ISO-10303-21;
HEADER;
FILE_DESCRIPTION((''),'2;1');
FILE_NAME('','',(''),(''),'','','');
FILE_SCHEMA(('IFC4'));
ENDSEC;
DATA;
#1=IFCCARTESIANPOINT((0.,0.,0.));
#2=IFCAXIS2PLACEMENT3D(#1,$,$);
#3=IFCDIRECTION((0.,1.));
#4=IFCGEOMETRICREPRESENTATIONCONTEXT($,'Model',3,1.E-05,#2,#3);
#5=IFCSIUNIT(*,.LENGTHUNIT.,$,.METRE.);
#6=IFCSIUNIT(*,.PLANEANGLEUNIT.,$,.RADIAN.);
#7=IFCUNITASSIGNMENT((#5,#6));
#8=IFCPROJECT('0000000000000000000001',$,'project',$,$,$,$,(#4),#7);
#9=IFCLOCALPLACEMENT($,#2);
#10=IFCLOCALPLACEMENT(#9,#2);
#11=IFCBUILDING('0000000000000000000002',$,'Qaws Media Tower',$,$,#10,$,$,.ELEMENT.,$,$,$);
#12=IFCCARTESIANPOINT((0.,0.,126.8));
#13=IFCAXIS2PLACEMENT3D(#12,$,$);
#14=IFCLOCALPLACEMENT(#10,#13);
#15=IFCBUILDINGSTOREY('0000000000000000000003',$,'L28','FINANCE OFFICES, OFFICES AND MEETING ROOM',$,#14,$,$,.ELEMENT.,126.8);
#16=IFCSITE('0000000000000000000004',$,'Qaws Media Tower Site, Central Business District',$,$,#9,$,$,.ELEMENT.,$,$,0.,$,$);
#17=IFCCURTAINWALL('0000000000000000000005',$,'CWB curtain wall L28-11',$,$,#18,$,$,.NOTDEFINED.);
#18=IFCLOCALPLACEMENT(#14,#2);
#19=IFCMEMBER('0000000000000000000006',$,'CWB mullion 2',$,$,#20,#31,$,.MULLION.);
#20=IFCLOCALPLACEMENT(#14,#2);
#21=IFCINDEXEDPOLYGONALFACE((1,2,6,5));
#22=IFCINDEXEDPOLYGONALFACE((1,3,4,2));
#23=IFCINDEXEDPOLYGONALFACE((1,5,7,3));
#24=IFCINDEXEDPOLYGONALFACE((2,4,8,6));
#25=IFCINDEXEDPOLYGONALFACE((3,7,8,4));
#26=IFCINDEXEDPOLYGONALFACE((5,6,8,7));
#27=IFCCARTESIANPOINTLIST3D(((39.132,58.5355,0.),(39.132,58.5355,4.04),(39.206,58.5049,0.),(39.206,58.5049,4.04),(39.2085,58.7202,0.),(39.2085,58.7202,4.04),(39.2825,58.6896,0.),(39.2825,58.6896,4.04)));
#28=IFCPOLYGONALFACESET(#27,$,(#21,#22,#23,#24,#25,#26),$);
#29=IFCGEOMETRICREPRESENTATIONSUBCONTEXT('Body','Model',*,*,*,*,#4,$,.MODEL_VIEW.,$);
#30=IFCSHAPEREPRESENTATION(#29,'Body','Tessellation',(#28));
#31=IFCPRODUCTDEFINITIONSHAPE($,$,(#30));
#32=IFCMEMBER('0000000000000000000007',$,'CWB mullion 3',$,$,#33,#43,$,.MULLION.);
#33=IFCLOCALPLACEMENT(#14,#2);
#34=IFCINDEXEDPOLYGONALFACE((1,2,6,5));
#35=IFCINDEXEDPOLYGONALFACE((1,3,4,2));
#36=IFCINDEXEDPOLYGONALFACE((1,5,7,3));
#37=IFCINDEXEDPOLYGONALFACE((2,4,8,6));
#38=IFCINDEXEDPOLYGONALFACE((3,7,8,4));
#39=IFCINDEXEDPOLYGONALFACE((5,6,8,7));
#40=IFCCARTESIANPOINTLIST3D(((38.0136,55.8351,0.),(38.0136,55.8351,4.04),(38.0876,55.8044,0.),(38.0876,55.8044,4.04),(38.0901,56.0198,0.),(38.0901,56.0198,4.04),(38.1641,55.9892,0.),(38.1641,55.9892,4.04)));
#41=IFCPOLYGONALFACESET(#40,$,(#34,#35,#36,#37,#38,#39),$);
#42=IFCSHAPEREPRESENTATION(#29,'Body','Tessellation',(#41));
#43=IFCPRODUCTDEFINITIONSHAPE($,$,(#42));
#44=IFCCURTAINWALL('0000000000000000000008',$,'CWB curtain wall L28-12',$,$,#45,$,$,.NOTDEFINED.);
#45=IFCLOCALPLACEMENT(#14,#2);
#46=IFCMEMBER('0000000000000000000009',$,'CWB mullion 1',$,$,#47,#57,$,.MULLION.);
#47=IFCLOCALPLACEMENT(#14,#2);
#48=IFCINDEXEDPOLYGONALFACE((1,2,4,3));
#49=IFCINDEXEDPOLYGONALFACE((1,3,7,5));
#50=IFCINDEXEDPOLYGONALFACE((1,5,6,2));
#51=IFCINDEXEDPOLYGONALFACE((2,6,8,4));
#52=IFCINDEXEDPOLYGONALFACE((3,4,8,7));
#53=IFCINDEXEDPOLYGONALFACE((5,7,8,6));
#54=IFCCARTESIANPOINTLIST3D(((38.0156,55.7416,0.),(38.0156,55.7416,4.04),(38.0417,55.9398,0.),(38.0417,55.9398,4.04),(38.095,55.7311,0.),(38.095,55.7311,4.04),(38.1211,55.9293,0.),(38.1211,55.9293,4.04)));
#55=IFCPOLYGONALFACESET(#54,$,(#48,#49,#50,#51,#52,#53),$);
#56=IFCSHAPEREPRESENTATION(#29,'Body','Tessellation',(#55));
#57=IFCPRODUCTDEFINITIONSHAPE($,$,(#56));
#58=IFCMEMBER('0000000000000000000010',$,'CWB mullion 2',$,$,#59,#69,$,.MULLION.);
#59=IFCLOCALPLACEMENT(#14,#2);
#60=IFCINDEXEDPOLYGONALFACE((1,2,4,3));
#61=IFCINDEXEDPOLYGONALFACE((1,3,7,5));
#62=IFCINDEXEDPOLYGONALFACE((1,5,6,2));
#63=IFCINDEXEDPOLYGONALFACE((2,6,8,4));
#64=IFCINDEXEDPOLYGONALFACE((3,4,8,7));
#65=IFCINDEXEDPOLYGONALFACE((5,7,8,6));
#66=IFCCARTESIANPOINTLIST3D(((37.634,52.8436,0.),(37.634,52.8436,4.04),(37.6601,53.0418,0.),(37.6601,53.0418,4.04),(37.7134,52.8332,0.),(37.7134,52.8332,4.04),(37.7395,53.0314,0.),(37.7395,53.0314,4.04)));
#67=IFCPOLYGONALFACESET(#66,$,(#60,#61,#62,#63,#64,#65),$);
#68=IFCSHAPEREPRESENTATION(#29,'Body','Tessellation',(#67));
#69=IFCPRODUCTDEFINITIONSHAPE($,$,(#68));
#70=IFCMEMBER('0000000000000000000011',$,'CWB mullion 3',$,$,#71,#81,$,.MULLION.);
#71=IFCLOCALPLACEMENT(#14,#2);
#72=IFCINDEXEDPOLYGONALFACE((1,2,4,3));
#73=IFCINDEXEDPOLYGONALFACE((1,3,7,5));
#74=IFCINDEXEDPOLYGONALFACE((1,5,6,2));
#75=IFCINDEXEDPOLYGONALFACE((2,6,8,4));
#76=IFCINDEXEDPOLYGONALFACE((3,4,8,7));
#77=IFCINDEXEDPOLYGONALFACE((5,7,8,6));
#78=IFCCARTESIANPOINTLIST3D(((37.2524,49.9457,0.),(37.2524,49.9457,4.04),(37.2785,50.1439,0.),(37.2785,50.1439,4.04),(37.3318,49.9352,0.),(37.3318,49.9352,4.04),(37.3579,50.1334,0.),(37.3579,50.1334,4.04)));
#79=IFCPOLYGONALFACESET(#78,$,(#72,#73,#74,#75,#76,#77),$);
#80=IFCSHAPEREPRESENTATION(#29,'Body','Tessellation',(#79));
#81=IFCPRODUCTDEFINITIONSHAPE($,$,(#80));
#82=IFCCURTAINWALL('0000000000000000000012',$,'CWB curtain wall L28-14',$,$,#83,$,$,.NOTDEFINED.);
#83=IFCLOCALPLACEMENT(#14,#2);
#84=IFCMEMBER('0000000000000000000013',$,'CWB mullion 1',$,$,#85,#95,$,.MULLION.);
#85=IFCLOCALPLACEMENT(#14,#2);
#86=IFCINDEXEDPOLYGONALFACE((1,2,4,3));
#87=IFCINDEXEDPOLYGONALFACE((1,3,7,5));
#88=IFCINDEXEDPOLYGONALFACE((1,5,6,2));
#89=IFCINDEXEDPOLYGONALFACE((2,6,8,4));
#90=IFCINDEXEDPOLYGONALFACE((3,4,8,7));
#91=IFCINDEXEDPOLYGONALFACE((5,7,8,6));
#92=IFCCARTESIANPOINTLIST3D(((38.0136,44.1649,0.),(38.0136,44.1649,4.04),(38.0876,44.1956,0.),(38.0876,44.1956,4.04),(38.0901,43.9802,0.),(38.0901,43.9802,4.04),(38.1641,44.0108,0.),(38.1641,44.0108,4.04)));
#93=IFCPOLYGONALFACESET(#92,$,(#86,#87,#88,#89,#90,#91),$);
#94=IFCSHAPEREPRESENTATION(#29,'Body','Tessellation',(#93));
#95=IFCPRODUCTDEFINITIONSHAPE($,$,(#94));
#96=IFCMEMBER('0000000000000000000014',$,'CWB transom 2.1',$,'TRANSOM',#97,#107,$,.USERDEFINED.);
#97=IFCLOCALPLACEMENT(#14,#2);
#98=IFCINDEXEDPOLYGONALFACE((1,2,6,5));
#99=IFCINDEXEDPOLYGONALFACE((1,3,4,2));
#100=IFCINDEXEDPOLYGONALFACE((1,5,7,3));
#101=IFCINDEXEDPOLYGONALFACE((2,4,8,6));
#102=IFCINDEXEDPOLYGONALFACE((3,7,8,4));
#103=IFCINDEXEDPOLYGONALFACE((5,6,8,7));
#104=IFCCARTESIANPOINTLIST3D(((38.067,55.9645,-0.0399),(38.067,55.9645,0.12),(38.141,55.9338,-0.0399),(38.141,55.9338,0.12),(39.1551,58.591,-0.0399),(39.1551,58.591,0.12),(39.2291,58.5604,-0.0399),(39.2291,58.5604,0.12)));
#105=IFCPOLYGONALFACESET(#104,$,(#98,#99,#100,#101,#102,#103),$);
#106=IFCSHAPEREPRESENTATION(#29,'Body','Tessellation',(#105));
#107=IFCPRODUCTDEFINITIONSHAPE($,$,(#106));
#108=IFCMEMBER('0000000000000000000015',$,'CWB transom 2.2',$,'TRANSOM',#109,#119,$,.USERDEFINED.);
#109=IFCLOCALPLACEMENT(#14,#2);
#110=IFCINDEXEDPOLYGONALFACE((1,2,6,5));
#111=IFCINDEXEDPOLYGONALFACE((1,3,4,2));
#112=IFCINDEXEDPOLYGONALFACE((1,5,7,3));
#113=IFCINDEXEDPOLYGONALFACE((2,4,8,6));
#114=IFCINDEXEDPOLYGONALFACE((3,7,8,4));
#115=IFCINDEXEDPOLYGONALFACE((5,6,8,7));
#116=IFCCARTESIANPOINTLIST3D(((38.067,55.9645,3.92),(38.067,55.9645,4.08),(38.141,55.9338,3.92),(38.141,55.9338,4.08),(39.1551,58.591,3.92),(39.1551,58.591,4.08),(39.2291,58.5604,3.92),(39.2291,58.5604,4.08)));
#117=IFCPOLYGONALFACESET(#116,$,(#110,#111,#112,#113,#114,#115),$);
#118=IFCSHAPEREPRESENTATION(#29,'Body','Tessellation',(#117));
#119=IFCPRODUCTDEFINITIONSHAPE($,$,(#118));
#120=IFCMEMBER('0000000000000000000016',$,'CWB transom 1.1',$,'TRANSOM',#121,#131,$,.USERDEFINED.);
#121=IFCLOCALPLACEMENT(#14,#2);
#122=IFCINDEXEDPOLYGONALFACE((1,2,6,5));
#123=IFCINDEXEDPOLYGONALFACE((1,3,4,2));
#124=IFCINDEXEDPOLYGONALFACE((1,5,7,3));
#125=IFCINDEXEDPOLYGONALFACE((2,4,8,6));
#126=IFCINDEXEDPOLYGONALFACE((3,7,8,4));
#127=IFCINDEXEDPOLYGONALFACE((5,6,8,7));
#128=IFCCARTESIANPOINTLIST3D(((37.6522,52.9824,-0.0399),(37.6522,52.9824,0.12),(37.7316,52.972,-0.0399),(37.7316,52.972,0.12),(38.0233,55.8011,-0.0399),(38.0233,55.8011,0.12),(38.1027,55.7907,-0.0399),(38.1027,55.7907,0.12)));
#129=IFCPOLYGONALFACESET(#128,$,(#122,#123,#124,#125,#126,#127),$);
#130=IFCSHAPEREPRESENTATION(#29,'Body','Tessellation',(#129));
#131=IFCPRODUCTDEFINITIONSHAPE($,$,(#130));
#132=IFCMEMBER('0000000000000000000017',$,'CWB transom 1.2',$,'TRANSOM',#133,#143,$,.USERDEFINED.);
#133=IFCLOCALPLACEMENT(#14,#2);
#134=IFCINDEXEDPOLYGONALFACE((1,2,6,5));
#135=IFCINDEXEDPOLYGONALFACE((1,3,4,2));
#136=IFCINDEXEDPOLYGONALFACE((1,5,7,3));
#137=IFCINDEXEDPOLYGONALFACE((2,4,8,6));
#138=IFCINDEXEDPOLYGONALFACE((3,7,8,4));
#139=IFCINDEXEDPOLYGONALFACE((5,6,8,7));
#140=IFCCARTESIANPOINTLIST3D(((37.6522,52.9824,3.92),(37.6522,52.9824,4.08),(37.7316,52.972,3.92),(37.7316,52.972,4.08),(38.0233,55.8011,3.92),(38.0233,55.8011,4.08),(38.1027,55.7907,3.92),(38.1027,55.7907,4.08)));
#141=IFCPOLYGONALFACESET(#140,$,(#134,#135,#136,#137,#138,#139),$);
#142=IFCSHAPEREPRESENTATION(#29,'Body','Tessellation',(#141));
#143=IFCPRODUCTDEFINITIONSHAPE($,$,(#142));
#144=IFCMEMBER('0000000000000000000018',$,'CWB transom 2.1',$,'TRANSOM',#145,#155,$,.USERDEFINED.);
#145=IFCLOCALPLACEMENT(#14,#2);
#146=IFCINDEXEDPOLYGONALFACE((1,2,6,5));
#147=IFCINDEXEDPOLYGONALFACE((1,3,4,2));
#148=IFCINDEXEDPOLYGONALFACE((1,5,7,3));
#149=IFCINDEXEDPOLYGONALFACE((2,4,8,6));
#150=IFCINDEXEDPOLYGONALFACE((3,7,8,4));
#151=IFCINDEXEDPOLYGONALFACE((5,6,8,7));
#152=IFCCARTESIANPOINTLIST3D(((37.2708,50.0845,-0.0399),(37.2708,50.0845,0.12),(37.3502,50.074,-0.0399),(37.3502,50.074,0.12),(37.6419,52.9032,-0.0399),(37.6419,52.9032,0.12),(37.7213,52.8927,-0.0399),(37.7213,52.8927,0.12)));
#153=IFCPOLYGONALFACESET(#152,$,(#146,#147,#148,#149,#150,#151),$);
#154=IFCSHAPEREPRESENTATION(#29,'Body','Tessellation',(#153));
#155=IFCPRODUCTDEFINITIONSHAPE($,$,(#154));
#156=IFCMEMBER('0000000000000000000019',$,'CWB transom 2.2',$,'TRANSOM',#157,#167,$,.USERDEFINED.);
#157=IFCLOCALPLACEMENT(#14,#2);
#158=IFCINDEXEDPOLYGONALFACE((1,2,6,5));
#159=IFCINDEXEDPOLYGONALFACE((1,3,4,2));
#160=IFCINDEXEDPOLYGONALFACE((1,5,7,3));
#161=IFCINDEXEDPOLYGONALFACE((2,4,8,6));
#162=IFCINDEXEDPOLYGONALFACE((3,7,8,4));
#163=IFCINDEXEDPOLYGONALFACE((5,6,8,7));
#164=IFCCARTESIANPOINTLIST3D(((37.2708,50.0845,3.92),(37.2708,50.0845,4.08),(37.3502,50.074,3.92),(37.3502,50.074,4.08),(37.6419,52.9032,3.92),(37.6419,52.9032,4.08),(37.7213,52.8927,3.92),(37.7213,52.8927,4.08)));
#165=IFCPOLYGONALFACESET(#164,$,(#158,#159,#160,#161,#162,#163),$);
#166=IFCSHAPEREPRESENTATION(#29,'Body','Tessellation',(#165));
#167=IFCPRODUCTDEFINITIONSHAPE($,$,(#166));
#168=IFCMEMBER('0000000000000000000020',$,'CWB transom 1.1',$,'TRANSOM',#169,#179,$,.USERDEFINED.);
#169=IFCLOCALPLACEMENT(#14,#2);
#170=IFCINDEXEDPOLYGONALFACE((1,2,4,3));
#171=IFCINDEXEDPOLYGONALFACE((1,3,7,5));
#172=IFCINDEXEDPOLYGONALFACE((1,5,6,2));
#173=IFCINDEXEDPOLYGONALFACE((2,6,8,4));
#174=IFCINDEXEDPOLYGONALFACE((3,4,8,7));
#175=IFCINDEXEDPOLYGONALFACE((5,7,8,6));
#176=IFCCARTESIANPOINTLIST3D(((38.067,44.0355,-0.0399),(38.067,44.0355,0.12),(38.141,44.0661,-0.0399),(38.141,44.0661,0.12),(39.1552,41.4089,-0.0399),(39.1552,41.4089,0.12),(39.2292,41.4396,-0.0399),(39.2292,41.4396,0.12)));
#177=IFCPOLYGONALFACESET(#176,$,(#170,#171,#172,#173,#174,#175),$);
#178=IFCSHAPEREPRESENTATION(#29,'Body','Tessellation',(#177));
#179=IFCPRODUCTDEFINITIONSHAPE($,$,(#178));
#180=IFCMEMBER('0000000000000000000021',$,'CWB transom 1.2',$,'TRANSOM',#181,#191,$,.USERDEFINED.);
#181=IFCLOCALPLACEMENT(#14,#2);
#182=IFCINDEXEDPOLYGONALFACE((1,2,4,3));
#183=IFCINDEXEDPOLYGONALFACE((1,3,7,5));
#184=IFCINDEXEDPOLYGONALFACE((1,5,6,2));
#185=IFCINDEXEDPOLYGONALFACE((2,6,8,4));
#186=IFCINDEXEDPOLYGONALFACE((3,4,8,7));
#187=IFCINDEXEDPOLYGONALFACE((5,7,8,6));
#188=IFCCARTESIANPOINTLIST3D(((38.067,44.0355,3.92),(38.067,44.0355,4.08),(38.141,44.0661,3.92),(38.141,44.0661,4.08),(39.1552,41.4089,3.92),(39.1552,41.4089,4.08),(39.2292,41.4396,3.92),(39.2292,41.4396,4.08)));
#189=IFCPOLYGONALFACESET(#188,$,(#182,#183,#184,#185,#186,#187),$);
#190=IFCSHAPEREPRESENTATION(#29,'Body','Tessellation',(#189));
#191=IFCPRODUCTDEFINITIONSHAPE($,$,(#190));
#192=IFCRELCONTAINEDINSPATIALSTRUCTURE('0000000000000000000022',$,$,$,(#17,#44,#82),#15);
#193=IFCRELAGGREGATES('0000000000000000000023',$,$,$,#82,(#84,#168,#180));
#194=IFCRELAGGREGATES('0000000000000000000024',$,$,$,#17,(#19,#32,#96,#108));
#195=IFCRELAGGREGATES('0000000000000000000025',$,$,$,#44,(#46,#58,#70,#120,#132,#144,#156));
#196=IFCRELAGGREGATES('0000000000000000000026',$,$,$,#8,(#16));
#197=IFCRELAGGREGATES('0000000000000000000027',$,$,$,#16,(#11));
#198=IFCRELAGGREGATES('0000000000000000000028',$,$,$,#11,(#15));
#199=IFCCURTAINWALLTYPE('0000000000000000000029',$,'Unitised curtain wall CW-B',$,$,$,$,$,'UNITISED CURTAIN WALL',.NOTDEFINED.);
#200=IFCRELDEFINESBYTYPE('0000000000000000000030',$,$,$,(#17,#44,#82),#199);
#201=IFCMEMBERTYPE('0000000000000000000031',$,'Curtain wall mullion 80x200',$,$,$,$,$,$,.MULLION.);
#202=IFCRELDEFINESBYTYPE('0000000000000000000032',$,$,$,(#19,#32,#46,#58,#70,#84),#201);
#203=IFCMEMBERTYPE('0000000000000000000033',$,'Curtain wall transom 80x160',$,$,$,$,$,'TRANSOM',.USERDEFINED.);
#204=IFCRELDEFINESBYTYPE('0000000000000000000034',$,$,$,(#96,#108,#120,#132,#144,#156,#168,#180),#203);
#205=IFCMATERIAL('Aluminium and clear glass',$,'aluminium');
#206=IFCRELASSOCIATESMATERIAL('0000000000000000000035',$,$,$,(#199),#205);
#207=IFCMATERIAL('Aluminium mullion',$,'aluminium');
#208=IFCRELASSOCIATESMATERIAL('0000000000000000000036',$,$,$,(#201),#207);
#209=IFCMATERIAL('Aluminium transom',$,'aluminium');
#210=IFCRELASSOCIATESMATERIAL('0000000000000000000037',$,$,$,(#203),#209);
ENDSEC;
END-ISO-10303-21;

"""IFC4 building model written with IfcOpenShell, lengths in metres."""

from ifc_helpers import new_model, si_unit, direction, frame, origin, origin_2d, place, context, subcontext, project, spatial, rectangle, extrude, material, material_profile, profile_set, type_object, element, aggregate, save


model = new_model("IFC4")

# Units and contexts
model_context = context("Model", 3, precision=1e-05, world=origin(), true_north=direction((0.0, 1.0)))
body_context = subcontext(model_context, "Body", "Model", "MODEL_VIEW")
ifc_project = project(units=[si_unit("LENGTHUNIT", "METRE"), si_unit("PLANEANGLEUNIT", "RADIAN")], contexts=[model_context])

# Site, building, storey
site_placement = place(None, origin())
site = spatial("IfcSite", under=ifc_project, at=site_placement, Name="Qaws Media Tower Site, Central Business District", CompositionType="ELEMENT", RefElevation=0.0)
building_placement = place(site_placement, origin())
building = spatial("IfcBuilding", under=site, at=building_placement, Name="Qaws Media Tower", CompositionType="ELEMENT")
storey_placement = place(building_placement, frame((0.0, 0.0, 126.8)))
storey = spatial("IfcBuildingStorey", under=building, at=storey_placement, Name="L28", Description="FINANCE OFFICES, OFFICES AND MEETING ROOM", CompositionType="ELEMENT", Elevation=126.8)

# Curtain walls, members
ifc_material_1 = material(Name="Aluminium and clear glass", Category="aluminium")
curtain_wall_type = type_object("IfcCurtainWallType", Name="Unitised curtain wall CW-B", ElementType="UNITISED CURTAIN WALL", PredefinedType="NOTDEFINED", material=ifc_material_1)
curtain_wall_1_placement = place(storey_placement, origin())
curtain_wall_1 = element("IfcCurtainWall", 1, at=curtain_wall_1_placement, inside=storey, type_object=curtain_wall_type, Name="CWB curtain wall L28-11", PredefinedType="NOTDEFINED")
ifc_material_2 = material(Name="Aluminium mullion", Category="aluminium")
ifc_material_profile_1 = material_profile(ifc_material_2, rectangle(XDim=0.0801, YDim=0.2, at=origin_2d()), Name="80x200")
ifc_profile_set_1 = profile_set([ifc_material_profile_1], Name="Aluminium mullion")
member_type_1 = type_object("IfcMemberType", Name="Curtain wall mullion 80x200", PredefinedType="MULLION", material=ifc_profile_set_1)
member_1_placement = place(storey_placement, frame((39.2073, 58.6125, 0.0), z_axis=(0.0, 0.0, 1.0), x_axis=(0.92388, -0.382683, 0.0)))
member_1 = element("IfcMember", 2, at=member_1_placement, type_object=member_type_1, Name="CWB mullion 2", PredefinedType="MULLION", context=body_context, shape_type="SweptSolid", body=[
    extrude(rectangle(XDim=0.0801, YDim=0.2, at=origin_2d()), origin(), (0.0, 0.0, 1.0), 4.04),
])
member_2_placement = place(storey_placement, frame((38.0889, 55.9121, 0.0), z_axis=(0.0, 0.0, 1.0), x_axis=(0.92388, -0.382683, 0.0)))
member_2 = element("IfcMember", 3, at=member_2_placement, type_object=member_type_1, Name="CWB mullion 3", PredefinedType="MULLION", context=body_context, shape_type="SweptSolid", body=[
    extrude(rectangle(XDim=0.0801, YDim=0.2, at=origin_2d()), origin(), (0.0, 0.0, 1.0), 4.04),
])
curtain_wall_2_placement = place(storey_placement, origin())
curtain_wall_2 = element("IfcCurtainWall", 4, at=curtain_wall_2_placement, inside=storey, type_object=curtain_wall_type, Name="CWB curtain wall L28-12", PredefinedType="NOTDEFINED")
member_3_placement = place(storey_placement, frame((38.0684, 55.8354, 0.0), z_axis=(0.0, 0.0, 1.0), x_axis=(0.991445, -0.130526, 0.0)))
member_3 = element("IfcMember", 5, at=member_3_placement, type_object=member_type_1, Name="CWB mullion 1", PredefinedType="MULLION", context=body_context, shape_type="SweptSolid", body=[
    extrude(rectangle(XDim=0.0801, YDim=0.2, at=origin_2d()), origin(), (0.0, 0.0, 1.0), 4.04),
])
member_4_placement = place(storey_placement, frame((37.6868, 52.9375, 0.0), z_axis=(0.0, 0.0, 1.0), x_axis=(0.991445, -0.130526, 0.0)))
member_4 = element("IfcMember", 6, at=member_4_placement, type_object=member_type_1, Name="CWB mullion 2", PredefinedType="MULLION", context=body_context, shape_type="SweptSolid", body=[
    extrude(rectangle(XDim=0.0801, YDim=0.2, at=origin_2d()), origin(), (0.0, 0.0, 1.0), 4.04),
])
member_5_placement = place(storey_placement, frame((37.3052, 50.0396, 0.0), z_axis=(0.0, 0.0, 1.0), x_axis=(0.991445, -0.130526, 0.0)))
member_5 = element("IfcMember", 7, at=member_5_placement, type_object=member_type_1, Name="CWB mullion 3", PredefinedType="MULLION", context=body_context, shape_type="SweptSolid", body=[
    extrude(rectangle(XDim=0.0801, YDim=0.2, at=origin_2d()), origin(), (0.0, 0.0, 1.0), 4.04),
])

# Curtain wall, member
curtain_wall_3_placement = place(storey_placement, origin())
curtain_wall_3 = element("IfcCurtainWall", 8, at=curtain_wall_3_placement, inside=storey, type_object=curtain_wall_type, Name="CWB curtain wall L28-14", PredefinedType="NOTDEFINED")
member_6_placement = place(storey_placement, frame((38.0889, 44.0879, 0.0), z_axis=(0.0, 0.0, 1.0), x_axis=(0.92388, 0.382683, 0.0)))
member_6 = element("IfcMember", 9, at=member_6_placement, type_object=member_type_1, Name="CWB mullion 1", PredefinedType="MULLION", context=body_context, shape_type="SweptSolid", body=[
    extrude(rectangle(XDim=0.0801, YDim=0.2, at=origin_2d()), origin(), (0.0, 0.0, 1.0), 4.04),
])

# Members
ifc_material_3 = material(Name="Aluminium transom", Category="aluminium")
ifc_material_profile_2 = material_profile(ifc_material_3, rectangle(XDim=0.0801, YDim=0.1599, at=origin_2d()), Name="80x160")
ifc_profile_set_2 = profile_set([ifc_material_profile_2], Name="Aluminium transom")
member_type_2 = type_object("IfcMemberType", Name="Curtain wall transom 80x160", ElementType="TRANSOM", PredefinedType="USERDEFINED", material=ifc_profile_set_2)
member_7_placement = place(storey_placement, frame((39.1921, 58.5757, 0.04), z_axis=(-0.382749, -0.923852, 0.0), x_axis=(0.923852, -0.382749, 0.0)))
member_7 = element("IfcMember", 10, at=member_7_placement, type_object=member_type_2, Name="CWB transom 2.1", ObjectType="TRANSOM", PredefinedType="USERDEFINED", context=body_context, shape_type="SweptSolid", body=[
    extrude(rectangle(XDim=0.0801, YDim=0.1599, at=origin_2d()), origin(), (0.0, 0.0, 1.0), 2.843),
])
member_8_placement = place(storey_placement, frame((39.1921, 58.5757, 4.0), z_axis=(-0.382749, -0.923852, 0.0), x_axis=(0.923852, -0.382749, 0.0)))
member_8 = element("IfcMember", 11, at=member_8_placement, type_object=member_type_2, Name="CWB transom 2.2", ObjectType="TRANSOM", PredefinedType="USERDEFINED", context=body_context, shape_type="SweptSolid", body=[
    extrude(rectangle(XDim=0.0801, YDim=0.1599, at=origin_2d()), origin(), (0.0, 0.0, 1.0), 2.843),
])
member_9_placement = place(storey_placement, frame((38.063, 55.7959, 0.04), z_axis=(-0.130532, -0.991444, 0.0), x_axis=(0.991444, -0.130532, 0.0)))
member_9 = element("IfcMember", 12, at=member_9_placement, type_object=member_type_2, Name="CWB transom 1.1", ObjectType="TRANSOM", PredefinedType="USERDEFINED", context=body_context, shape_type="SweptSolid", body=[
    extrude(rectangle(XDim=0.0801, YDim=0.1599, at=origin_2d()), origin(), (0.0, 0.0, 1.0), 2.843),
])
member_10_placement = place(storey_placement, frame((38.063, 55.7959, 4.0), z_axis=(-0.130532, -0.991444, 0.0), x_axis=(0.991444, -0.130532, 0.0)))
member_10 = element("IfcMember", 13, at=member_10_placement, type_object=member_type_2, Name="CWB transom 1.2", ObjectType="TRANSOM", PredefinedType="USERDEFINED", context=body_context, shape_type="SweptSolid", body=[
    extrude(rectangle(XDim=0.0801, YDim=0.1599, at=origin_2d()), origin(), (0.0, 0.0, 1.0), 2.843),
])
member_11_placement = place(storey_placement, frame((37.6816, 52.8979, 0.04), z_axis=(-0.130532, -0.991444, 0.0), x_axis=(0.991444, -0.130532, 0.0)))
member_11 = element("IfcMember", 14, at=member_11_placement, type_object=member_type_2, Name="CWB transom 2.1", ObjectType="TRANSOM", PredefinedType="USERDEFINED", context=body_context, shape_type="SweptSolid", body=[
    extrude(rectangle(XDim=0.0801, YDim=0.1599, at=origin_2d()), origin(), (0.0, 0.0, 1.0), 2.843),
])
member_12_placement = place(storey_placement, frame((37.6816, 52.8979, 4.0), z_axis=(-0.130532, -0.991444, 0.0), x_axis=(0.991444, -0.130532, 0.0)))
member_12 = element("IfcMember", 15, at=member_12_placement, type_object=member_type_2, Name="CWB transom 2.2", ObjectType="TRANSOM", PredefinedType="USERDEFINED", context=body_context, shape_type="SweptSolid", body=[
    extrude(rectangle(XDim=0.0801, YDim=0.1599, at=origin_2d()), origin(), (0.0, 0.0, 1.0), 2.843),
])
member_13_placement = place(storey_placement, frame((38.104, 44.0508, 0.04), z_axis=(0.382749, -0.923852, 0.0), x_axis=(0.923852, 0.382749, 0.0)))
member_13 = element("IfcMember", 16, at=member_13_placement, type_object=member_type_2, Name="CWB transom 1.1", ObjectType="TRANSOM", PredefinedType="USERDEFINED", context=body_context, shape_type="SweptSolid", body=[
    extrude(rectangle(XDim=0.0801, YDim=0.1599, at=origin_2d()), origin(), (0.0, 0.0, 1.0), 2.843),
])
member_14_placement = place(storey_placement, frame((38.104, 44.0508, 4.0), z_axis=(0.382749, -0.923852, 0.0), x_axis=(0.923852, 0.382749, 0.0)))
member_14 = element("IfcMember", 17, at=member_14_placement, type_object=member_type_2, Name="CWB transom 1.2", ObjectType="TRANSOM", PredefinedType="USERDEFINED", context=body_context, shape_type="SweptSolid", body=[
    extrude(rectangle(XDim=0.0801, YDim=0.1599, at=origin_2d()), origin(), (0.0, 0.0, 1.0), 2.843),
])
aggregate(curtain_wall_3, [member_6, member_13, member_14])

aggregate(curtain_wall_1, [member_1, member_2, member_7, member_8])
aggregate(curtain_wall_2, [member_3, member_4, member_5, member_9, member_10, member_11, member_12])

save(model, "model.ifc")
